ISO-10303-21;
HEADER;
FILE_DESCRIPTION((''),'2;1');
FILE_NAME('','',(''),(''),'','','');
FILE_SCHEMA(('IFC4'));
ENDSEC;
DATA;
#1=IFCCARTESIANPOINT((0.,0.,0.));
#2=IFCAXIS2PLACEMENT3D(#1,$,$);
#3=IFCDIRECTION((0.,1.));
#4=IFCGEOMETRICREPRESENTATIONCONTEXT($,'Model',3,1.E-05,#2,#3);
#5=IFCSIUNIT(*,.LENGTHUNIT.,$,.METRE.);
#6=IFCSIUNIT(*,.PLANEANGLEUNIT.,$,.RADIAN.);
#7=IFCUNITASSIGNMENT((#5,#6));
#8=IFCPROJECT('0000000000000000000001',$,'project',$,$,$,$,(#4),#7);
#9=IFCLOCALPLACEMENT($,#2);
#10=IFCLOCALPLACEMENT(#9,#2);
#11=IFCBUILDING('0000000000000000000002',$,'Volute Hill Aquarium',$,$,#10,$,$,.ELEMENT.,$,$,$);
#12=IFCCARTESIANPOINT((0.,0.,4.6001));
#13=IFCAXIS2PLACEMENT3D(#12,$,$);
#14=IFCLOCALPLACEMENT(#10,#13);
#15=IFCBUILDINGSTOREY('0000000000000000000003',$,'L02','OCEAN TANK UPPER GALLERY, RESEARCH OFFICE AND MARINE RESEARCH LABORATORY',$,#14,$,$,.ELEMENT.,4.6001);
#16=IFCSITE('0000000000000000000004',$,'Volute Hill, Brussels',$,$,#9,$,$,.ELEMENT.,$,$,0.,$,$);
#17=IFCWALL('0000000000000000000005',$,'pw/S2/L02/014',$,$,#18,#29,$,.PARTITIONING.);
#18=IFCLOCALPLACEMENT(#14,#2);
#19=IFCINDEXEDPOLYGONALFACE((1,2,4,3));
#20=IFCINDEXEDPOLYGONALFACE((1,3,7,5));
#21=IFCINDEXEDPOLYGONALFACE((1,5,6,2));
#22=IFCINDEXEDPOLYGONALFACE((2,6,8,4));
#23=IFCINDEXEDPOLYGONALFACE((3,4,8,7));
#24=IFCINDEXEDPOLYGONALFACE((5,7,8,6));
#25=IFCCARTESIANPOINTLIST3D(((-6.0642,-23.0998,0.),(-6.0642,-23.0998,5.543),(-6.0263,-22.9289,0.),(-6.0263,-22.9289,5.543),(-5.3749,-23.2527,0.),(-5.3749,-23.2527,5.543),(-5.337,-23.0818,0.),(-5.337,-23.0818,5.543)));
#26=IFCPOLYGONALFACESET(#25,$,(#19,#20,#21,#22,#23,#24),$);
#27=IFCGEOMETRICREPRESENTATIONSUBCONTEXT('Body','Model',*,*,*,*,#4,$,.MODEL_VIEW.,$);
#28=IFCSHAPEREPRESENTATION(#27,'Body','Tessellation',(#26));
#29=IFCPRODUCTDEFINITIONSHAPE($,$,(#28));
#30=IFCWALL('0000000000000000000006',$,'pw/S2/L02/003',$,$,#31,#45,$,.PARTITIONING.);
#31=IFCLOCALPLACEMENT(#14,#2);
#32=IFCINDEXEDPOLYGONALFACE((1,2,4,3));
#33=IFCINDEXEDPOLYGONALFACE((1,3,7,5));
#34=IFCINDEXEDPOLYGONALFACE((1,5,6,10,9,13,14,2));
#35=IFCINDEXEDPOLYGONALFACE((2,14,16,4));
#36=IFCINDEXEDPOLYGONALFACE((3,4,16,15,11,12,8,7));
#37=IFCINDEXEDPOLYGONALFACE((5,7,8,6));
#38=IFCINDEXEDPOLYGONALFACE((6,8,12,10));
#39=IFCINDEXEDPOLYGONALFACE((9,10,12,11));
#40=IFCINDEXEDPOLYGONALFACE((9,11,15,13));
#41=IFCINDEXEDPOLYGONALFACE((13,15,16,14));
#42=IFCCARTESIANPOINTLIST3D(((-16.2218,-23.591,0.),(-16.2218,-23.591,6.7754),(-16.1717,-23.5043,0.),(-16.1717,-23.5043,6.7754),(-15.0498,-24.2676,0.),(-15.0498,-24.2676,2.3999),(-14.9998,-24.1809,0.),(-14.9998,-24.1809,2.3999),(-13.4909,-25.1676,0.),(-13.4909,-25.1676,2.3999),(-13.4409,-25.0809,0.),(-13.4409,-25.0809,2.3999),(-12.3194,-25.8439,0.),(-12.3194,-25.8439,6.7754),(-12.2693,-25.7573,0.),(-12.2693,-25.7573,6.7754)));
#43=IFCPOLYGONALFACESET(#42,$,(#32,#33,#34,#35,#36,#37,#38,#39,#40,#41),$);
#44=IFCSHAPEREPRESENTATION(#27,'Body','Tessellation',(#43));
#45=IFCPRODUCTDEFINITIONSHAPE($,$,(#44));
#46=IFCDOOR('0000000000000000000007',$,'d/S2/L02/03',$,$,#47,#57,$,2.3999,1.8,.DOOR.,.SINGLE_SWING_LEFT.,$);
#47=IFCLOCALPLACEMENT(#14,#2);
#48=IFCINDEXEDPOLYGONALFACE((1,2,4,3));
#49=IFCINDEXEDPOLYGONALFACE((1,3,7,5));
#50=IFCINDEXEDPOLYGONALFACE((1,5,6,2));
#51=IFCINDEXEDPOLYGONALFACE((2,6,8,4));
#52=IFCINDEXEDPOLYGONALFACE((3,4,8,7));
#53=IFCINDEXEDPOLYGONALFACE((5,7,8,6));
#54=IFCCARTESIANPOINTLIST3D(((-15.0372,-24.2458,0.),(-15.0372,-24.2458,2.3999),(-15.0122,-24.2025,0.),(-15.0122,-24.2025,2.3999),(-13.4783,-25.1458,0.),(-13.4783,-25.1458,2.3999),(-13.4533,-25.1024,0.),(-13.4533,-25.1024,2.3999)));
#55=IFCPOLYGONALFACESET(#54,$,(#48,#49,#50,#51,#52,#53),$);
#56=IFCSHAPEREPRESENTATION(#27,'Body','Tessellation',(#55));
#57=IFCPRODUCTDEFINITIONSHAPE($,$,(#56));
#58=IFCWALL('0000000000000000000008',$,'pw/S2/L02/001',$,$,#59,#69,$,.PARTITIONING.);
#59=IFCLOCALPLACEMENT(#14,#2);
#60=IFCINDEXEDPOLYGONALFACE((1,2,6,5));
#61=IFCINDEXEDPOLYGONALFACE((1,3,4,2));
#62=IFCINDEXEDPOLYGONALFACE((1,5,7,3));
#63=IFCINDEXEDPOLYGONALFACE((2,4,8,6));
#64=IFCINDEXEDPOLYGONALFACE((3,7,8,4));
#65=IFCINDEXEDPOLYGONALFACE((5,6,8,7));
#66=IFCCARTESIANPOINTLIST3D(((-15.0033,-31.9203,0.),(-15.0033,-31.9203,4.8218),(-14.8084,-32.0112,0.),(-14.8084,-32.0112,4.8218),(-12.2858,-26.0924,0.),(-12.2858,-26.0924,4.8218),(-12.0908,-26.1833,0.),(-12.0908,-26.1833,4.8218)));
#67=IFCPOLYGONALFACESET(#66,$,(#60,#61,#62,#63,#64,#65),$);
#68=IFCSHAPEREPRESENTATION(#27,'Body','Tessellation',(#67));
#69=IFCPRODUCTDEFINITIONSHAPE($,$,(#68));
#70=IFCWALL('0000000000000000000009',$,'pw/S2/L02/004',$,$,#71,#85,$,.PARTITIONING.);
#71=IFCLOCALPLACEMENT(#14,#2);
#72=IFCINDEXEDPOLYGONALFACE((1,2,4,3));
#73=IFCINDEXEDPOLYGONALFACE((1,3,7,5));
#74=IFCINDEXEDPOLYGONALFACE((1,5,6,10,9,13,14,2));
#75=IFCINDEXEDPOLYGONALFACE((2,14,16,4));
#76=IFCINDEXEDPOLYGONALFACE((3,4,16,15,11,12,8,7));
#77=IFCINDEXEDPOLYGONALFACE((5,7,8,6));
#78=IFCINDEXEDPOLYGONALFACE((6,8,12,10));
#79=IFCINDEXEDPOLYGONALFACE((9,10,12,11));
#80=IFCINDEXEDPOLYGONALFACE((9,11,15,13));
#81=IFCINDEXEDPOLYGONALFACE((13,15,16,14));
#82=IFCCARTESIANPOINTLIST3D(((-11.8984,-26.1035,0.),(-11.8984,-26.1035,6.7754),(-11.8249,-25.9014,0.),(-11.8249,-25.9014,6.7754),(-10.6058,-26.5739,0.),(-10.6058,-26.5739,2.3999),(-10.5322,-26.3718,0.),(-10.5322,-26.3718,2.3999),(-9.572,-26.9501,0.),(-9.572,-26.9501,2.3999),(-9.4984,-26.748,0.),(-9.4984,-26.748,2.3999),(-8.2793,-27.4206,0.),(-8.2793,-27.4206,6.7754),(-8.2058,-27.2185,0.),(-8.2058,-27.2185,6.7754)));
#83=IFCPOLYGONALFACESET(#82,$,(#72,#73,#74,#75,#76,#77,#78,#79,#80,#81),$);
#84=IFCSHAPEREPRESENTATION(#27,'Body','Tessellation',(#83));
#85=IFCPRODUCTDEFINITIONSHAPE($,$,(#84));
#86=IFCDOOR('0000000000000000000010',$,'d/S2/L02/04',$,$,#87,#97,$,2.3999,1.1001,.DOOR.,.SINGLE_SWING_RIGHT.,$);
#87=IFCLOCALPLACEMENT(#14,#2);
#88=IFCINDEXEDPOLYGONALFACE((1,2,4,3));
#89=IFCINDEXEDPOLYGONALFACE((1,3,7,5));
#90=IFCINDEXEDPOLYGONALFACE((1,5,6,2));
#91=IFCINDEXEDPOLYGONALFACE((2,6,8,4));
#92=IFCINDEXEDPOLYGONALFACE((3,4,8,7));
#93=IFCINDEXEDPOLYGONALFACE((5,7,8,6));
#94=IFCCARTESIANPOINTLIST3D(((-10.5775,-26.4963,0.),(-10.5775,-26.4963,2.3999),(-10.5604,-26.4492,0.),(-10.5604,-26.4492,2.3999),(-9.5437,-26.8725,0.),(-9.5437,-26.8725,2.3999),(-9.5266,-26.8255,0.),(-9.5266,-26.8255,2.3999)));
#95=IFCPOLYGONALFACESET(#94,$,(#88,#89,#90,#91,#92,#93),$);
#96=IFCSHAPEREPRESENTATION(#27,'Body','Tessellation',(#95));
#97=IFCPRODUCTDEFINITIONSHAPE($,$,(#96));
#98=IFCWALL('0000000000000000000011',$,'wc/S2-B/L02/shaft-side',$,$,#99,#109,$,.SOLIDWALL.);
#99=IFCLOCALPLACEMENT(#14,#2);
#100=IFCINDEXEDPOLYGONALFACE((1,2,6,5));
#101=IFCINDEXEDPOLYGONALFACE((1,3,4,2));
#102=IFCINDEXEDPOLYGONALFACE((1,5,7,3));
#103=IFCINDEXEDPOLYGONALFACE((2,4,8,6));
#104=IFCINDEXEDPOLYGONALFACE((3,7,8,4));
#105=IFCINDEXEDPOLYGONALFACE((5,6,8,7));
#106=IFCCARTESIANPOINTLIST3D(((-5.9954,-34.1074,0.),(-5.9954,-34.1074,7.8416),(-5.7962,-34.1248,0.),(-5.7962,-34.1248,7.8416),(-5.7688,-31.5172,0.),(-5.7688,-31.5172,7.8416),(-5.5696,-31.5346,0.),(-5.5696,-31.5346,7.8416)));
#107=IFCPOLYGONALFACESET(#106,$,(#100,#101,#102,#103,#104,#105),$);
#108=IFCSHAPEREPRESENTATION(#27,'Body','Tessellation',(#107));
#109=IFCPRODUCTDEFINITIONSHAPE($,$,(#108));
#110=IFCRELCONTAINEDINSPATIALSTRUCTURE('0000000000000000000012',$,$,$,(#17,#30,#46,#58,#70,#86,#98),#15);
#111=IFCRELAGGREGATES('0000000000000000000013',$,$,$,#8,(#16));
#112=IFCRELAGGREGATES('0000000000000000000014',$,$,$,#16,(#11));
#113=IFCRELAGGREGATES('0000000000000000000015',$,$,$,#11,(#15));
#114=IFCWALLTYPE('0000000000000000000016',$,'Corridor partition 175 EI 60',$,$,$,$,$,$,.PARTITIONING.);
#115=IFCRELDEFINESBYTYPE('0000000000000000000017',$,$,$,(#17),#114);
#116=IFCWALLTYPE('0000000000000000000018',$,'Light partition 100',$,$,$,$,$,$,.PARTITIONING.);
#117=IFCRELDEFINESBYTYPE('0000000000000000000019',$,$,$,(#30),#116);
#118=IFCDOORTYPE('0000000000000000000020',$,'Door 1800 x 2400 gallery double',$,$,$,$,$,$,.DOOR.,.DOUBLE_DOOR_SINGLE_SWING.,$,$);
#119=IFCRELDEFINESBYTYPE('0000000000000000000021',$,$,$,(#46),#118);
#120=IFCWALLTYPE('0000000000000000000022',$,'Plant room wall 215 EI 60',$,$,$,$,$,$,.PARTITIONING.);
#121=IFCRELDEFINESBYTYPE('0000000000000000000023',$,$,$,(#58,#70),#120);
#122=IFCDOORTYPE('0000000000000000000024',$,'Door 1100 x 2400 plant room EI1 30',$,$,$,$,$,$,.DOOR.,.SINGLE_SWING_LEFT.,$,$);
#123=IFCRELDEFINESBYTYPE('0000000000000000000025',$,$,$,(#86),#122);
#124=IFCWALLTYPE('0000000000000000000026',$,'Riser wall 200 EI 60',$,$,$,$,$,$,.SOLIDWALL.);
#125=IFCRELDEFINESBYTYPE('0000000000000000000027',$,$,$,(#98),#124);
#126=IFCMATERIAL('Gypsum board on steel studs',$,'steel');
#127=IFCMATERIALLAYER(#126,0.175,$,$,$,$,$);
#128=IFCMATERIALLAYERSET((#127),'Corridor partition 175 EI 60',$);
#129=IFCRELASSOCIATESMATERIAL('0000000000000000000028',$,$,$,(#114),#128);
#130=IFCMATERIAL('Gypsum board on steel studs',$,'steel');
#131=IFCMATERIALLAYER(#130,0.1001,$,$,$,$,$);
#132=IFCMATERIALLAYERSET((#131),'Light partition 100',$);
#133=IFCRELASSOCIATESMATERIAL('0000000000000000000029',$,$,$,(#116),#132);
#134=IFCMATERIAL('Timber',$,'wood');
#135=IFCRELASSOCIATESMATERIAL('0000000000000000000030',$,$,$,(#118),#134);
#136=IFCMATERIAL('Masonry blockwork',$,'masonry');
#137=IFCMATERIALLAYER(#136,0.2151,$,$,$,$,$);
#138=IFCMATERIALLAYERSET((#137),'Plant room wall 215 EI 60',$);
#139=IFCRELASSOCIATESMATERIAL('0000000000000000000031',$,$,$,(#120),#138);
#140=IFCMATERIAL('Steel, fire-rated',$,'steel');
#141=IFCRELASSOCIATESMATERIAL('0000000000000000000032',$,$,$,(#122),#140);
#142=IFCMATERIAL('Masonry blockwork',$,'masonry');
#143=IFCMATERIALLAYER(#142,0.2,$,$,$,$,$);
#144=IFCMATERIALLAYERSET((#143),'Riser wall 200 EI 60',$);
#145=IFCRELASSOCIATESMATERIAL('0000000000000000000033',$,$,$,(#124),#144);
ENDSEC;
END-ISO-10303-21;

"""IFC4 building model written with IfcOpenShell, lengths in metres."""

from ifc_helpers import new_model, si_unit, direction, frame, frame_2d, origin, place, context, subcontext, project, spatial, rectangle, extrude, material, layer, layer_set, type_object, element, fill, save


model = new_model("IFC4")

# Units and contexts
model_context = context("Model", 3, precision=1e-05, world=origin(), true_north=direction((0.0, 1.0)))
body_context = subcontext(model_context, "Body", "Model", "MODEL_VIEW")
ifc_project = project(units=[si_unit("LENGTHUNIT", "METRE"), si_unit("PLANEANGLEUNIT", "RADIAN")], contexts=[model_context])

# Site, building, storey
site_placement = place(None, origin())
site = spatial("IfcSite", under=ifc_project, at=site_placement, Name="Volute Hill, Brussels", CompositionType="ELEMENT", RefElevation=0.0)
building_placement = place(site_placement, origin())
building = spatial("IfcBuilding", under=site, at=building_placement, Name="Volute Hill Aquarium", CompositionType="ELEMENT")
storey_placement = place(building_placement, frame((0.0, 0.0, 4.6001)))
storey = spatial("IfcBuildingStorey", under=building, at=storey_placement, Name="L02", Description="OCEAN TANK UPPER GALLERY, RESEARCH OFFICE AND MARINE RESEARCH LABORATORY", CompositionType="ELEMENT", Elevation=4.6001)

# Shared definitions
ifc_material_1 = material(Name="Gypsum board on steel studs", Category="steel")
ifc_layer_1 = layer(ifc_material_1, 0.175)
ifc_layer_set_1 = layer_set([ifc_layer_1], Name="Corridor partition 175 EI 60")
wall_type_1 = type_object("IfcWallType", Name="Corridor partition 175 EI 60", PredefinedType="PARTITIONING", material=ifc_layer_set_1)

# Wall
wall_1_placement = place(storey_placement, frame((-5.356, -23.1672, 0.0), z_axis=(0.0, 0.0, 1.0), x_axis=(-0.976285, 0.216491, 0.0)))
element("IfcWall", 1, at=wall_1_placement, inside=storey, type_object=wall_type_1, Name="pw/S2/L02/014", PredefinedType="PARTITIONING", context=body_context, shape_type="SweptSolid", body=[
    extrude(rectangle(XDim=0.7061, YDim=0.175, at=frame_2d((0.353, 0.0))), origin(), (0.0, 0.0, 1.0), 5.543),
])

# Wall, opening, door
ifc_material_2 = material(Name="Gypsum board on steel studs", Category="steel")
ifc_layer_2 = layer(ifc_material_2, 0.1001)
ifc_layer_set_2 = layer_set([ifc_layer_2], Name="Light partition 100")
wall_type_2 = type_object("IfcWallType", Name="Light partition 100", PredefinedType="PARTITIONING", material=ifc_layer_set_2)
wall_2_placement = place(storey_placement, frame((-12.2944, -25.8005, 0.0), z_axis=(0.0, 0.0, 1.0), x_axis=(-0.866034, 0.499985, 0.0)))
wall_2 = element("IfcWall", 2, at=wall_2_placement, inside=storey, type_object=wall_type_2, Name="pw/S2/L02/003", PredefinedType="PARTITIONING", context=body_context, shape_type="SweptSolid", body=[
    extrude(rectangle(XDim=4.5061, YDim=0.1001, at=frame_2d((2.2529, 0.0))), origin(), (0.0, 0.0, 1.0), 6.7754),
])
opening_1_placement = place(wall_2_placement, frame((1.3528, 0.0, 0.0)))
opening_1 = element("IfcOpeningElement", 3, at=opening_1_placement, cuts=wall_2, PredefinedType="OPENING", context=body_context, shape_type="SweptSolid", body=[
    extrude(rectangle(XDim=1.8, YDim=2.3999, at=frame_2d((0.8999, 1.2))), frame((0.0, 0.0601, 0.0), z_axis=(0.0, -1.0, 0.0), x_axis=(1.0, 0.0, 0.0)), (0.0, 0.0, 1.0), 0.1201),
])
ifc_material_3 = material(Name="Timber", Category="wood")
door_type_1 = type_object("IfcDoorType", Name="Door 1800 x 2400 gallery double", OperationType="DOUBLE_DOOR_SINGLE_SWING", PredefinedType="DOOR", material=ifc_material_3)
door_1_placement = place(opening_1_placement, origin())
door_1 = element("IfcDoor", 4, at=door_1_placement, inside=storey, type_object=door_type_1, Name="d/S2/L02/03", OperationType="SINGLE_SWING_LEFT", OverallHeight=2.3999, OverallWidth=1.8, PredefinedType="DOOR", context=body_context, shape_type="SweptSolid", body=[
    extrude(rectangle(XDim=1.8, YDim=2.3999, at=frame_2d((0.8999, 1.2))), frame((0.0, 0.0249, 0.0), z_axis=(0.0, -1.0, 0.0), x_axis=(1.0, 0.0, 0.0)), (0.0, 0.0, 1.0), 0.05),
])
fill(opening_1, door_1)

# Wall
ifc_material_4 = material(Name="Masonry blockwork", Category="masonry")
ifc_layer_3 = layer(ifc_material_4, 0.2151)
ifc_layer_set_3 = layer_set([ifc_layer_3], Name="Plant room wall 215 EI 60")
wall_type_3 = type_object("IfcWallType", Name="Plant room wall 215 EI 60", PredefinedType="PARTITIONING", material=ifc_layer_set_3)
wall_3_placement = place(storey_placement, frame((-12.1882, -26.1377, 0.0), z_axis=(0.0, 0.0, 1.0), x_axis=(-0.422611, -0.906311, 0.0)))
element("IfcWall", 5, at=wall_3_placement, inside=storey, type_object=wall_type_3, Name="pw/S2/L02/001", PredefinedType="PARTITIONING", context=body_context, shape_type="SweptSolid", body=[
    extrude(rectangle(XDim=6.4304, YDim=0.2151, at=frame_2d((3.2153, 0.0))), origin(), (0.0, 0.0, 1.0), 4.8218),
])

# Wall, opening, door
wall_4_placement = place(storey_placement, frame((-8.2424, -27.3196, 0.0), z_axis=(0.0, 0.0, 1.0), x_axis=(-0.939703, 0.341992, 0.0)))
wall_4 = element("IfcWall", 6, at=wall_4_placement, inside=storey, type_object=wall_type_3, Name="pw/S2/L02/004", PredefinedType="PARTITIONING", context=body_context, shape_type="SweptSolid", body=[
    extrude(rectangle(XDim=3.8513, YDim=0.2151, at=frame_2d((1.9258, 0.0))), origin(), (0.0, 0.0, 1.0), 6.7754),
])
opening_2_placement = place(wall_4_placement, frame((1.3757, 0.0, 0.0)))
opening_2 = element("IfcOpeningElement", 7, at=opening_2_placement, cuts=wall_4, PredefinedType="OPENING", context=body_context, shape_type="SweptSolid", body=[
    extrude(rectangle(XDim=1.1001, YDim=2.3999, at=frame_2d((0.55, 1.2))), frame((0.0, 0.1174, 0.0), z_axis=(0.0, -1.0, 0.0), x_axis=(1.0, 0.0, 0.0)), (0.0, 0.0, 1.0), 0.2351),
])
ifc_material_5 = material(Name="Steel, fire-rated", Category="steel")
door_type_2 = type_object("IfcDoorType", Name="Door 1100 x 2400 plant room EI1 30", OperationType="SINGLE_SWING_LEFT", PredefinedType="DOOR", material=ifc_material_5)
door_2_placement = place(opening_2_placement, origin())
door_2 = element("IfcDoor", 8, at=door_2_placement, inside=storey, type_object=door_type_2, Name="d/S2/L02/04", OperationType="SINGLE_SWING_RIGHT", OverallHeight=2.3999, OverallWidth=1.1001, PredefinedType="DOOR", context=body_context, shape_type="SweptSolid", body=[
    extrude(rectangle(XDim=1.1001, YDim=2.3999, at=frame_2d((0.55, 1.2))), frame((0.0, 0.0249, 0.0), z_axis=(0.0, -1.0, 0.0), x_axis=(1.0, 0.0, 0.0)), (0.0, 0.0, 1.0), 0.05),
])
fill(opening_2, door_2)

# Wall
ifc_material_6 = material(Name="Masonry blockwork", Category="masonry")
ifc_layer_4 = layer(ifc_material_6, 0.2)
ifc_layer_set_4 = layer_set([ifc_layer_4], Name="Riser wall 200 EI 60")
wall_type_4 = type_object("IfcWallType", Name="Riser wall 200 EI 60", PredefinedType="SOLIDWALL", material=ifc_layer_set_4)
wall_5_placement = place(storey_placement, frame((-5.6692, -31.5259, 0.0), z_axis=(0.0, 0.0, 1.0), x_axis=(-0.08714, -0.996196, 0.0)))
element("IfcWall", 9, at=wall_5_placement, inside=storey, type_object=wall_type_4, Name="wc/S2-B/L02/shaft-side", PredefinedType="SOLIDWALL", context=body_context, shape_type="SweptSolid", body=[
    extrude(rectangle(XDim=2.6001, YDim=0.2, at=frame_2d((1.3, 0.0))), origin(), (0.0, 0.0, 1.0), 7.8416),
])

save(model, "model.ifc")
